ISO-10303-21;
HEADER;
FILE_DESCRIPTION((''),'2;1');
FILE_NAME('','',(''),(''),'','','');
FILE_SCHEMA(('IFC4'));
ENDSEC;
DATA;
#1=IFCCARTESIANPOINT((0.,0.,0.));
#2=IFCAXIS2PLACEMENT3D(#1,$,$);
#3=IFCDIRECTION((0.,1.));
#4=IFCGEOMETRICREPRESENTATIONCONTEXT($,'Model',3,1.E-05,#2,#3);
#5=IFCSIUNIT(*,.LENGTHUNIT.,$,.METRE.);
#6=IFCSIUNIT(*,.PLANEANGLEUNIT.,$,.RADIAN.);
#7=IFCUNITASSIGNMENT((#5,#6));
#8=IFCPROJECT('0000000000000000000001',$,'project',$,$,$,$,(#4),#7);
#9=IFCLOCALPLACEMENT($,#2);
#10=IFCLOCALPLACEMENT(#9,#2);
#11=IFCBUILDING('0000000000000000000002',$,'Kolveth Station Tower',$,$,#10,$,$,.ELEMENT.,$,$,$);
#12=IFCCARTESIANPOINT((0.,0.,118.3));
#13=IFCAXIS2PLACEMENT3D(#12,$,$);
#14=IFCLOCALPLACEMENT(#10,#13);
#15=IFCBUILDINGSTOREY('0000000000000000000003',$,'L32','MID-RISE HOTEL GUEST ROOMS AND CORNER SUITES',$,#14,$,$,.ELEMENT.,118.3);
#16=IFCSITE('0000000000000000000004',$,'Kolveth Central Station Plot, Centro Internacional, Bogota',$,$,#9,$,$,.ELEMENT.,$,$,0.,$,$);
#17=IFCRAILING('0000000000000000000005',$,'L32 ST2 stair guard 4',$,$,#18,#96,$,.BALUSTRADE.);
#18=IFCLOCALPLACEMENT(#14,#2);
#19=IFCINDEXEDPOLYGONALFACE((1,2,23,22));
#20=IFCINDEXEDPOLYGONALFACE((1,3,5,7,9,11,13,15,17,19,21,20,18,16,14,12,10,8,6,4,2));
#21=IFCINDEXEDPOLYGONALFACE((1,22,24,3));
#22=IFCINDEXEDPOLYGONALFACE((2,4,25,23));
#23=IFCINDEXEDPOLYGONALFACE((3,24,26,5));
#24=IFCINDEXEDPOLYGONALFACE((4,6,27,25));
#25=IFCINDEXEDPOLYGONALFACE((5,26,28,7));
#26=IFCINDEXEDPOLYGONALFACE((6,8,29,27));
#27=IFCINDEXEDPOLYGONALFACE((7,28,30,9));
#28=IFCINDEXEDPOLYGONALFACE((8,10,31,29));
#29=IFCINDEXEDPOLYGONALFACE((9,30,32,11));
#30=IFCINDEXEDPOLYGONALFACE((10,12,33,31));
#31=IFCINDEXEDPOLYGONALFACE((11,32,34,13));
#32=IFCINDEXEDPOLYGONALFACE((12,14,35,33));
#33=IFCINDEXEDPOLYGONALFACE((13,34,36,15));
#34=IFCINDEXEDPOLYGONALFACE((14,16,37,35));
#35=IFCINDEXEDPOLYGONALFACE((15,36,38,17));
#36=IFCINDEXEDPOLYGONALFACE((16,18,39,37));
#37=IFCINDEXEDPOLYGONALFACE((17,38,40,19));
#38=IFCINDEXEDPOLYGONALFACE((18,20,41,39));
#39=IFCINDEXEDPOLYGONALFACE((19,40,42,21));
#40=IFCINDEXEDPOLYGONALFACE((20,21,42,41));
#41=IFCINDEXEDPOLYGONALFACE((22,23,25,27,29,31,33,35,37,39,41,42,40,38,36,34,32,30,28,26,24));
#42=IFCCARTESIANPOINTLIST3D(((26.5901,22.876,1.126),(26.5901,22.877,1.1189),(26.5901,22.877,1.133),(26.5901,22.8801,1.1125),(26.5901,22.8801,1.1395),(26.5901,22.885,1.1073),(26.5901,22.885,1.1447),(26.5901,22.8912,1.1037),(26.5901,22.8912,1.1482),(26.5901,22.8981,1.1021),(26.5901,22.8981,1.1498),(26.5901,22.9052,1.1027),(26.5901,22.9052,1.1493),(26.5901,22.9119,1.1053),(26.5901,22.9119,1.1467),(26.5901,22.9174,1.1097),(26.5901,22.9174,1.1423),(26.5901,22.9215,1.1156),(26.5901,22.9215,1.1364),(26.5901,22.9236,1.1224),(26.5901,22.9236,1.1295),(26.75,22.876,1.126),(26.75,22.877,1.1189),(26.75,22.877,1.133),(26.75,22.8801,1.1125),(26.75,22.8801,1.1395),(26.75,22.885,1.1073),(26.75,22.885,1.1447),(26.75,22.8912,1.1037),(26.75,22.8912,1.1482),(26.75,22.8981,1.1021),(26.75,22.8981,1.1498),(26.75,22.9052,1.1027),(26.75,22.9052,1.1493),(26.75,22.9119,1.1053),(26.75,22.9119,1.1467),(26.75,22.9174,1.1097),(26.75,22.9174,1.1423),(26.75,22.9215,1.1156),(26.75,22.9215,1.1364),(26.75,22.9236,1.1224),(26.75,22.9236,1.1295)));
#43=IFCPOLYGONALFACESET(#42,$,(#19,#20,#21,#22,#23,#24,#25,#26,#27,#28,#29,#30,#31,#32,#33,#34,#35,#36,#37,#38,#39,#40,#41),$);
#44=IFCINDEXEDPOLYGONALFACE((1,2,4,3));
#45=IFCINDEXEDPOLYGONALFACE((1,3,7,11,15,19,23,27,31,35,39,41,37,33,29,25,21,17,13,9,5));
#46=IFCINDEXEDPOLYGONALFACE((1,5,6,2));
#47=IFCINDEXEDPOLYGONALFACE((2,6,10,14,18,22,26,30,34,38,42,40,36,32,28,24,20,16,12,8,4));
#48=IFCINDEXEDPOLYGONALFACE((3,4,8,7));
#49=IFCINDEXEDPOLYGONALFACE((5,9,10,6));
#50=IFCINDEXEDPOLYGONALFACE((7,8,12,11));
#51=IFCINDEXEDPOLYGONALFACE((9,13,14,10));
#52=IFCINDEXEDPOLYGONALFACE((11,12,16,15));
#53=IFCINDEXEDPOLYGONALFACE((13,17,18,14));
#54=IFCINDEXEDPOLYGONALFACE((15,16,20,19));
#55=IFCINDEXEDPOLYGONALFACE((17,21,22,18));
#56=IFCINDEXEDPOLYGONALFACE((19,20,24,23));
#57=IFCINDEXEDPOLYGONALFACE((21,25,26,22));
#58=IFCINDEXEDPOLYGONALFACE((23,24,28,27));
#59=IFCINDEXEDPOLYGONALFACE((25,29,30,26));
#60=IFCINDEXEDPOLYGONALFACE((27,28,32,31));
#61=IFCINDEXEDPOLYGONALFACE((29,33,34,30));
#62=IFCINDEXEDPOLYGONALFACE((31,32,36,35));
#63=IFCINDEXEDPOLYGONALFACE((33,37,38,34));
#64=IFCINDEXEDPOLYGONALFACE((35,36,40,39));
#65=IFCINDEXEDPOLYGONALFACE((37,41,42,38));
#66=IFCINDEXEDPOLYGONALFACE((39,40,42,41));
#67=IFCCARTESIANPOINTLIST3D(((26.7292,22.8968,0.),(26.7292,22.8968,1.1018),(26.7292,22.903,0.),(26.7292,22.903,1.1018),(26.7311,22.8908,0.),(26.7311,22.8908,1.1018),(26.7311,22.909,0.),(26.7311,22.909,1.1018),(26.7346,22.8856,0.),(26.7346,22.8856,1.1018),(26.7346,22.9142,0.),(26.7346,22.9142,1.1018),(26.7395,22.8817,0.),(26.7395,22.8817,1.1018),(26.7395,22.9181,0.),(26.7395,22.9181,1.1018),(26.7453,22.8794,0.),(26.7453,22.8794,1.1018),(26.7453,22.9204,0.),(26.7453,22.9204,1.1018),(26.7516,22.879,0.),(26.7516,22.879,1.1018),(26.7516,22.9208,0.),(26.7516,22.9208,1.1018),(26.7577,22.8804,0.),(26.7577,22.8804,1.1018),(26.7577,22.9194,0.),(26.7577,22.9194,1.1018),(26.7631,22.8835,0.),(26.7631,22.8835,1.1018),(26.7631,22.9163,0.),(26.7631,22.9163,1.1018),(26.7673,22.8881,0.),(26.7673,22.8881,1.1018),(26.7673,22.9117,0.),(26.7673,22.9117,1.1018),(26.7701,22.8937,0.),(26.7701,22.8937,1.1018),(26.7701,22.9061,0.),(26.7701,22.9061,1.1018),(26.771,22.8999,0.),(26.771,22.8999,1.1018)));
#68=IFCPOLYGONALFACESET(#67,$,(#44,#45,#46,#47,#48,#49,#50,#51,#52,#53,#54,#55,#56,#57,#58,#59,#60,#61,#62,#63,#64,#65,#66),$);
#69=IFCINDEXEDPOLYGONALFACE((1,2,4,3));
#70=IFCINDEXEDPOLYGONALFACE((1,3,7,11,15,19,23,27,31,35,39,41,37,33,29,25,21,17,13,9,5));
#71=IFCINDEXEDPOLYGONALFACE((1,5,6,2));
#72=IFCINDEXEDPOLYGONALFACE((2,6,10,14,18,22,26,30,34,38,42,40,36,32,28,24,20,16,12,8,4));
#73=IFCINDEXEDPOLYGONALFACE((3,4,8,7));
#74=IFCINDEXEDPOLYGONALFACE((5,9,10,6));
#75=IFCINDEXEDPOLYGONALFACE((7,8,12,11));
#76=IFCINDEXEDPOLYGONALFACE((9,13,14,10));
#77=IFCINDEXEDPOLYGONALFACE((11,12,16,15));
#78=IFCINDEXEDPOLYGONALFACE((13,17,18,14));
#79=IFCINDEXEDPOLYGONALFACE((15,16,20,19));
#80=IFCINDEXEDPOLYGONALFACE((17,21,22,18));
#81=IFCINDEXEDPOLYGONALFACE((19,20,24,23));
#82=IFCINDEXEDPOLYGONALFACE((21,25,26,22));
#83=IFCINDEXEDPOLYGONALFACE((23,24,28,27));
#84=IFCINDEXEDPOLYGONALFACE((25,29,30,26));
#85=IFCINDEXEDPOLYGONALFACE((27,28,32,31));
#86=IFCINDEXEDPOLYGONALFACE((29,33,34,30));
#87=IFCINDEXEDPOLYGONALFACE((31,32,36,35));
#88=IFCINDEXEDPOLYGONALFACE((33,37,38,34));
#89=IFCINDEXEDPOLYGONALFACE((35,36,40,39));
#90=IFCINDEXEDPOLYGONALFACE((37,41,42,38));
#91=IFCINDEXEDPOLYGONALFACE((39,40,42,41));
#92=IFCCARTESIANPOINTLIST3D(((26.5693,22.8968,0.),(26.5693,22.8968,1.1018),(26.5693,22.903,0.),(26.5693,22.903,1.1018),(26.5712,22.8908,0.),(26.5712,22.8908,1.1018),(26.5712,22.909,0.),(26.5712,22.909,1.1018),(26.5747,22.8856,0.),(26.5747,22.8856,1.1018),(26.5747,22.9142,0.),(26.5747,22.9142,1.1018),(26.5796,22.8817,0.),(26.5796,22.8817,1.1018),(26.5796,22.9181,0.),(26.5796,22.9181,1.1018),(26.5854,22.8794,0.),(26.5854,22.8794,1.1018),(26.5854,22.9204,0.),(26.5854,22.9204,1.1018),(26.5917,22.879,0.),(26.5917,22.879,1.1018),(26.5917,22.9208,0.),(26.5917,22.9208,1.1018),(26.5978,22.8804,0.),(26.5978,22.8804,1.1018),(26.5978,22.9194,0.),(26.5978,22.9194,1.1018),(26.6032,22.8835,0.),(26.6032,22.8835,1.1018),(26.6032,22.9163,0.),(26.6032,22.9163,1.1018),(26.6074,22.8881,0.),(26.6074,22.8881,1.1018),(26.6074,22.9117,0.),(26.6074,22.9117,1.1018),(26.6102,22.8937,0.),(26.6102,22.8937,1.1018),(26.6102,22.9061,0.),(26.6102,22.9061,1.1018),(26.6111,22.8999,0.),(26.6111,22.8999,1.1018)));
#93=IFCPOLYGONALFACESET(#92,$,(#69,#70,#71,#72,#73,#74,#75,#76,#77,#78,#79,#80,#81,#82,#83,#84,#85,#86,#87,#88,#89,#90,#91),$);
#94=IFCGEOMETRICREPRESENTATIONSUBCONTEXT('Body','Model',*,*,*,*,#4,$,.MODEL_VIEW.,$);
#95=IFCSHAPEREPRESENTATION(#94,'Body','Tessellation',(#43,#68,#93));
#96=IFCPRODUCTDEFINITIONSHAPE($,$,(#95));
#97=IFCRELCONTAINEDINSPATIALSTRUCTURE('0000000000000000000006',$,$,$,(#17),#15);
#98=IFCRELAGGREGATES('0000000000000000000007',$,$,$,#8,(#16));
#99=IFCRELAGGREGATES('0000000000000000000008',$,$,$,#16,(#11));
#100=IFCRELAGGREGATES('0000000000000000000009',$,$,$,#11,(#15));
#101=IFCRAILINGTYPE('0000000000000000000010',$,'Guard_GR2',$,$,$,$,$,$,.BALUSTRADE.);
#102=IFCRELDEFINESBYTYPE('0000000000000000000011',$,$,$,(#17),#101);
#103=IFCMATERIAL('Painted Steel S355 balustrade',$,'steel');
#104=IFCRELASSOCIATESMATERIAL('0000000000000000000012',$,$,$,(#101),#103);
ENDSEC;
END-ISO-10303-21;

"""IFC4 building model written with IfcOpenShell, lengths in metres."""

from ifc_helpers import new_model, si_unit, direction, frame, origin, origin_2d, place, context, subcontext, project, spatial, circle, extrude, material, type_object, element, save


model = new_model("IFC4")

# Units and contexts
model_context = context("Model", 3, precision=1e-05, world=origin(), true_north=direction((0.0, 1.0)))
body_context = subcontext(model_context, "Body", "Model", "MODEL_VIEW")
ifc_project = project(units=[si_unit("LENGTHUNIT", "METRE"), si_unit("PLANEANGLEUNIT", "RADIAN")], contexts=[model_context])

# Site, building, storey
site_placement = place(None, origin())
site = spatial("IfcSite", under=ifc_project, at=site_placement, Name="Kolveth Central Station Plot, Centro Internacional, Bogota", CompositionType="ELEMENT", RefElevation=0.0)
building_placement = place(site_placement, origin())
building = spatial("IfcBuilding", under=site, at=building_placement, Name="Kolveth Station Tower", CompositionType="ELEMENT")
storey_placement = place(building_placement, frame((0.0, 0.0, 118.3)))
storey = spatial("IfcBuildingStorey", under=building, at=storey_placement, Name="L32", Description="MID-RISE HOTEL GUEST ROOMS AND CORNER SUITES", CompositionType="ELEMENT", Elevation=118.3)

# Railing
ifc_material_1 = material(Name="Painted Steel S355 balustrade", Category="steel")
railing_type_1 = type_object("IfcRailingType", Name="Guard_GR2", PredefinedType="BALUSTRADE", material=ifc_material_1)
railing_1_placement = place(storey_placement, frame((26.75, 22.8999, 0.0)))
element("IfcRailing", 1, at=railing_1_placement, inside=storey, type_object=railing_type_1, Name="L32 ST2 stair guard 4", PredefinedType="BALUSTRADE", context=body_context, shape_type="SweptSolid", body=[
    extrude(circle(Radius=0.0239, at=origin_2d()), frame((0.0, 0.0, 1.126), z_axis=(-1.0, 0.0, 0.0), x_axis=(0.0, -1.0, 0.0)), (0.0, 0.0, 1.0), 0.1599),
    extrude(circle(Radius=0.021, at=origin_2d()), origin(), (0.0, 0.0, 1.0), 1.1018),
    extrude(circle(Radius=0.021, at=origin_2d()), frame((-0.1599, 0.0, 0.0)), (0.0, 0.0, 1.0), 1.1018),
])

save(model, "model.ifc")
